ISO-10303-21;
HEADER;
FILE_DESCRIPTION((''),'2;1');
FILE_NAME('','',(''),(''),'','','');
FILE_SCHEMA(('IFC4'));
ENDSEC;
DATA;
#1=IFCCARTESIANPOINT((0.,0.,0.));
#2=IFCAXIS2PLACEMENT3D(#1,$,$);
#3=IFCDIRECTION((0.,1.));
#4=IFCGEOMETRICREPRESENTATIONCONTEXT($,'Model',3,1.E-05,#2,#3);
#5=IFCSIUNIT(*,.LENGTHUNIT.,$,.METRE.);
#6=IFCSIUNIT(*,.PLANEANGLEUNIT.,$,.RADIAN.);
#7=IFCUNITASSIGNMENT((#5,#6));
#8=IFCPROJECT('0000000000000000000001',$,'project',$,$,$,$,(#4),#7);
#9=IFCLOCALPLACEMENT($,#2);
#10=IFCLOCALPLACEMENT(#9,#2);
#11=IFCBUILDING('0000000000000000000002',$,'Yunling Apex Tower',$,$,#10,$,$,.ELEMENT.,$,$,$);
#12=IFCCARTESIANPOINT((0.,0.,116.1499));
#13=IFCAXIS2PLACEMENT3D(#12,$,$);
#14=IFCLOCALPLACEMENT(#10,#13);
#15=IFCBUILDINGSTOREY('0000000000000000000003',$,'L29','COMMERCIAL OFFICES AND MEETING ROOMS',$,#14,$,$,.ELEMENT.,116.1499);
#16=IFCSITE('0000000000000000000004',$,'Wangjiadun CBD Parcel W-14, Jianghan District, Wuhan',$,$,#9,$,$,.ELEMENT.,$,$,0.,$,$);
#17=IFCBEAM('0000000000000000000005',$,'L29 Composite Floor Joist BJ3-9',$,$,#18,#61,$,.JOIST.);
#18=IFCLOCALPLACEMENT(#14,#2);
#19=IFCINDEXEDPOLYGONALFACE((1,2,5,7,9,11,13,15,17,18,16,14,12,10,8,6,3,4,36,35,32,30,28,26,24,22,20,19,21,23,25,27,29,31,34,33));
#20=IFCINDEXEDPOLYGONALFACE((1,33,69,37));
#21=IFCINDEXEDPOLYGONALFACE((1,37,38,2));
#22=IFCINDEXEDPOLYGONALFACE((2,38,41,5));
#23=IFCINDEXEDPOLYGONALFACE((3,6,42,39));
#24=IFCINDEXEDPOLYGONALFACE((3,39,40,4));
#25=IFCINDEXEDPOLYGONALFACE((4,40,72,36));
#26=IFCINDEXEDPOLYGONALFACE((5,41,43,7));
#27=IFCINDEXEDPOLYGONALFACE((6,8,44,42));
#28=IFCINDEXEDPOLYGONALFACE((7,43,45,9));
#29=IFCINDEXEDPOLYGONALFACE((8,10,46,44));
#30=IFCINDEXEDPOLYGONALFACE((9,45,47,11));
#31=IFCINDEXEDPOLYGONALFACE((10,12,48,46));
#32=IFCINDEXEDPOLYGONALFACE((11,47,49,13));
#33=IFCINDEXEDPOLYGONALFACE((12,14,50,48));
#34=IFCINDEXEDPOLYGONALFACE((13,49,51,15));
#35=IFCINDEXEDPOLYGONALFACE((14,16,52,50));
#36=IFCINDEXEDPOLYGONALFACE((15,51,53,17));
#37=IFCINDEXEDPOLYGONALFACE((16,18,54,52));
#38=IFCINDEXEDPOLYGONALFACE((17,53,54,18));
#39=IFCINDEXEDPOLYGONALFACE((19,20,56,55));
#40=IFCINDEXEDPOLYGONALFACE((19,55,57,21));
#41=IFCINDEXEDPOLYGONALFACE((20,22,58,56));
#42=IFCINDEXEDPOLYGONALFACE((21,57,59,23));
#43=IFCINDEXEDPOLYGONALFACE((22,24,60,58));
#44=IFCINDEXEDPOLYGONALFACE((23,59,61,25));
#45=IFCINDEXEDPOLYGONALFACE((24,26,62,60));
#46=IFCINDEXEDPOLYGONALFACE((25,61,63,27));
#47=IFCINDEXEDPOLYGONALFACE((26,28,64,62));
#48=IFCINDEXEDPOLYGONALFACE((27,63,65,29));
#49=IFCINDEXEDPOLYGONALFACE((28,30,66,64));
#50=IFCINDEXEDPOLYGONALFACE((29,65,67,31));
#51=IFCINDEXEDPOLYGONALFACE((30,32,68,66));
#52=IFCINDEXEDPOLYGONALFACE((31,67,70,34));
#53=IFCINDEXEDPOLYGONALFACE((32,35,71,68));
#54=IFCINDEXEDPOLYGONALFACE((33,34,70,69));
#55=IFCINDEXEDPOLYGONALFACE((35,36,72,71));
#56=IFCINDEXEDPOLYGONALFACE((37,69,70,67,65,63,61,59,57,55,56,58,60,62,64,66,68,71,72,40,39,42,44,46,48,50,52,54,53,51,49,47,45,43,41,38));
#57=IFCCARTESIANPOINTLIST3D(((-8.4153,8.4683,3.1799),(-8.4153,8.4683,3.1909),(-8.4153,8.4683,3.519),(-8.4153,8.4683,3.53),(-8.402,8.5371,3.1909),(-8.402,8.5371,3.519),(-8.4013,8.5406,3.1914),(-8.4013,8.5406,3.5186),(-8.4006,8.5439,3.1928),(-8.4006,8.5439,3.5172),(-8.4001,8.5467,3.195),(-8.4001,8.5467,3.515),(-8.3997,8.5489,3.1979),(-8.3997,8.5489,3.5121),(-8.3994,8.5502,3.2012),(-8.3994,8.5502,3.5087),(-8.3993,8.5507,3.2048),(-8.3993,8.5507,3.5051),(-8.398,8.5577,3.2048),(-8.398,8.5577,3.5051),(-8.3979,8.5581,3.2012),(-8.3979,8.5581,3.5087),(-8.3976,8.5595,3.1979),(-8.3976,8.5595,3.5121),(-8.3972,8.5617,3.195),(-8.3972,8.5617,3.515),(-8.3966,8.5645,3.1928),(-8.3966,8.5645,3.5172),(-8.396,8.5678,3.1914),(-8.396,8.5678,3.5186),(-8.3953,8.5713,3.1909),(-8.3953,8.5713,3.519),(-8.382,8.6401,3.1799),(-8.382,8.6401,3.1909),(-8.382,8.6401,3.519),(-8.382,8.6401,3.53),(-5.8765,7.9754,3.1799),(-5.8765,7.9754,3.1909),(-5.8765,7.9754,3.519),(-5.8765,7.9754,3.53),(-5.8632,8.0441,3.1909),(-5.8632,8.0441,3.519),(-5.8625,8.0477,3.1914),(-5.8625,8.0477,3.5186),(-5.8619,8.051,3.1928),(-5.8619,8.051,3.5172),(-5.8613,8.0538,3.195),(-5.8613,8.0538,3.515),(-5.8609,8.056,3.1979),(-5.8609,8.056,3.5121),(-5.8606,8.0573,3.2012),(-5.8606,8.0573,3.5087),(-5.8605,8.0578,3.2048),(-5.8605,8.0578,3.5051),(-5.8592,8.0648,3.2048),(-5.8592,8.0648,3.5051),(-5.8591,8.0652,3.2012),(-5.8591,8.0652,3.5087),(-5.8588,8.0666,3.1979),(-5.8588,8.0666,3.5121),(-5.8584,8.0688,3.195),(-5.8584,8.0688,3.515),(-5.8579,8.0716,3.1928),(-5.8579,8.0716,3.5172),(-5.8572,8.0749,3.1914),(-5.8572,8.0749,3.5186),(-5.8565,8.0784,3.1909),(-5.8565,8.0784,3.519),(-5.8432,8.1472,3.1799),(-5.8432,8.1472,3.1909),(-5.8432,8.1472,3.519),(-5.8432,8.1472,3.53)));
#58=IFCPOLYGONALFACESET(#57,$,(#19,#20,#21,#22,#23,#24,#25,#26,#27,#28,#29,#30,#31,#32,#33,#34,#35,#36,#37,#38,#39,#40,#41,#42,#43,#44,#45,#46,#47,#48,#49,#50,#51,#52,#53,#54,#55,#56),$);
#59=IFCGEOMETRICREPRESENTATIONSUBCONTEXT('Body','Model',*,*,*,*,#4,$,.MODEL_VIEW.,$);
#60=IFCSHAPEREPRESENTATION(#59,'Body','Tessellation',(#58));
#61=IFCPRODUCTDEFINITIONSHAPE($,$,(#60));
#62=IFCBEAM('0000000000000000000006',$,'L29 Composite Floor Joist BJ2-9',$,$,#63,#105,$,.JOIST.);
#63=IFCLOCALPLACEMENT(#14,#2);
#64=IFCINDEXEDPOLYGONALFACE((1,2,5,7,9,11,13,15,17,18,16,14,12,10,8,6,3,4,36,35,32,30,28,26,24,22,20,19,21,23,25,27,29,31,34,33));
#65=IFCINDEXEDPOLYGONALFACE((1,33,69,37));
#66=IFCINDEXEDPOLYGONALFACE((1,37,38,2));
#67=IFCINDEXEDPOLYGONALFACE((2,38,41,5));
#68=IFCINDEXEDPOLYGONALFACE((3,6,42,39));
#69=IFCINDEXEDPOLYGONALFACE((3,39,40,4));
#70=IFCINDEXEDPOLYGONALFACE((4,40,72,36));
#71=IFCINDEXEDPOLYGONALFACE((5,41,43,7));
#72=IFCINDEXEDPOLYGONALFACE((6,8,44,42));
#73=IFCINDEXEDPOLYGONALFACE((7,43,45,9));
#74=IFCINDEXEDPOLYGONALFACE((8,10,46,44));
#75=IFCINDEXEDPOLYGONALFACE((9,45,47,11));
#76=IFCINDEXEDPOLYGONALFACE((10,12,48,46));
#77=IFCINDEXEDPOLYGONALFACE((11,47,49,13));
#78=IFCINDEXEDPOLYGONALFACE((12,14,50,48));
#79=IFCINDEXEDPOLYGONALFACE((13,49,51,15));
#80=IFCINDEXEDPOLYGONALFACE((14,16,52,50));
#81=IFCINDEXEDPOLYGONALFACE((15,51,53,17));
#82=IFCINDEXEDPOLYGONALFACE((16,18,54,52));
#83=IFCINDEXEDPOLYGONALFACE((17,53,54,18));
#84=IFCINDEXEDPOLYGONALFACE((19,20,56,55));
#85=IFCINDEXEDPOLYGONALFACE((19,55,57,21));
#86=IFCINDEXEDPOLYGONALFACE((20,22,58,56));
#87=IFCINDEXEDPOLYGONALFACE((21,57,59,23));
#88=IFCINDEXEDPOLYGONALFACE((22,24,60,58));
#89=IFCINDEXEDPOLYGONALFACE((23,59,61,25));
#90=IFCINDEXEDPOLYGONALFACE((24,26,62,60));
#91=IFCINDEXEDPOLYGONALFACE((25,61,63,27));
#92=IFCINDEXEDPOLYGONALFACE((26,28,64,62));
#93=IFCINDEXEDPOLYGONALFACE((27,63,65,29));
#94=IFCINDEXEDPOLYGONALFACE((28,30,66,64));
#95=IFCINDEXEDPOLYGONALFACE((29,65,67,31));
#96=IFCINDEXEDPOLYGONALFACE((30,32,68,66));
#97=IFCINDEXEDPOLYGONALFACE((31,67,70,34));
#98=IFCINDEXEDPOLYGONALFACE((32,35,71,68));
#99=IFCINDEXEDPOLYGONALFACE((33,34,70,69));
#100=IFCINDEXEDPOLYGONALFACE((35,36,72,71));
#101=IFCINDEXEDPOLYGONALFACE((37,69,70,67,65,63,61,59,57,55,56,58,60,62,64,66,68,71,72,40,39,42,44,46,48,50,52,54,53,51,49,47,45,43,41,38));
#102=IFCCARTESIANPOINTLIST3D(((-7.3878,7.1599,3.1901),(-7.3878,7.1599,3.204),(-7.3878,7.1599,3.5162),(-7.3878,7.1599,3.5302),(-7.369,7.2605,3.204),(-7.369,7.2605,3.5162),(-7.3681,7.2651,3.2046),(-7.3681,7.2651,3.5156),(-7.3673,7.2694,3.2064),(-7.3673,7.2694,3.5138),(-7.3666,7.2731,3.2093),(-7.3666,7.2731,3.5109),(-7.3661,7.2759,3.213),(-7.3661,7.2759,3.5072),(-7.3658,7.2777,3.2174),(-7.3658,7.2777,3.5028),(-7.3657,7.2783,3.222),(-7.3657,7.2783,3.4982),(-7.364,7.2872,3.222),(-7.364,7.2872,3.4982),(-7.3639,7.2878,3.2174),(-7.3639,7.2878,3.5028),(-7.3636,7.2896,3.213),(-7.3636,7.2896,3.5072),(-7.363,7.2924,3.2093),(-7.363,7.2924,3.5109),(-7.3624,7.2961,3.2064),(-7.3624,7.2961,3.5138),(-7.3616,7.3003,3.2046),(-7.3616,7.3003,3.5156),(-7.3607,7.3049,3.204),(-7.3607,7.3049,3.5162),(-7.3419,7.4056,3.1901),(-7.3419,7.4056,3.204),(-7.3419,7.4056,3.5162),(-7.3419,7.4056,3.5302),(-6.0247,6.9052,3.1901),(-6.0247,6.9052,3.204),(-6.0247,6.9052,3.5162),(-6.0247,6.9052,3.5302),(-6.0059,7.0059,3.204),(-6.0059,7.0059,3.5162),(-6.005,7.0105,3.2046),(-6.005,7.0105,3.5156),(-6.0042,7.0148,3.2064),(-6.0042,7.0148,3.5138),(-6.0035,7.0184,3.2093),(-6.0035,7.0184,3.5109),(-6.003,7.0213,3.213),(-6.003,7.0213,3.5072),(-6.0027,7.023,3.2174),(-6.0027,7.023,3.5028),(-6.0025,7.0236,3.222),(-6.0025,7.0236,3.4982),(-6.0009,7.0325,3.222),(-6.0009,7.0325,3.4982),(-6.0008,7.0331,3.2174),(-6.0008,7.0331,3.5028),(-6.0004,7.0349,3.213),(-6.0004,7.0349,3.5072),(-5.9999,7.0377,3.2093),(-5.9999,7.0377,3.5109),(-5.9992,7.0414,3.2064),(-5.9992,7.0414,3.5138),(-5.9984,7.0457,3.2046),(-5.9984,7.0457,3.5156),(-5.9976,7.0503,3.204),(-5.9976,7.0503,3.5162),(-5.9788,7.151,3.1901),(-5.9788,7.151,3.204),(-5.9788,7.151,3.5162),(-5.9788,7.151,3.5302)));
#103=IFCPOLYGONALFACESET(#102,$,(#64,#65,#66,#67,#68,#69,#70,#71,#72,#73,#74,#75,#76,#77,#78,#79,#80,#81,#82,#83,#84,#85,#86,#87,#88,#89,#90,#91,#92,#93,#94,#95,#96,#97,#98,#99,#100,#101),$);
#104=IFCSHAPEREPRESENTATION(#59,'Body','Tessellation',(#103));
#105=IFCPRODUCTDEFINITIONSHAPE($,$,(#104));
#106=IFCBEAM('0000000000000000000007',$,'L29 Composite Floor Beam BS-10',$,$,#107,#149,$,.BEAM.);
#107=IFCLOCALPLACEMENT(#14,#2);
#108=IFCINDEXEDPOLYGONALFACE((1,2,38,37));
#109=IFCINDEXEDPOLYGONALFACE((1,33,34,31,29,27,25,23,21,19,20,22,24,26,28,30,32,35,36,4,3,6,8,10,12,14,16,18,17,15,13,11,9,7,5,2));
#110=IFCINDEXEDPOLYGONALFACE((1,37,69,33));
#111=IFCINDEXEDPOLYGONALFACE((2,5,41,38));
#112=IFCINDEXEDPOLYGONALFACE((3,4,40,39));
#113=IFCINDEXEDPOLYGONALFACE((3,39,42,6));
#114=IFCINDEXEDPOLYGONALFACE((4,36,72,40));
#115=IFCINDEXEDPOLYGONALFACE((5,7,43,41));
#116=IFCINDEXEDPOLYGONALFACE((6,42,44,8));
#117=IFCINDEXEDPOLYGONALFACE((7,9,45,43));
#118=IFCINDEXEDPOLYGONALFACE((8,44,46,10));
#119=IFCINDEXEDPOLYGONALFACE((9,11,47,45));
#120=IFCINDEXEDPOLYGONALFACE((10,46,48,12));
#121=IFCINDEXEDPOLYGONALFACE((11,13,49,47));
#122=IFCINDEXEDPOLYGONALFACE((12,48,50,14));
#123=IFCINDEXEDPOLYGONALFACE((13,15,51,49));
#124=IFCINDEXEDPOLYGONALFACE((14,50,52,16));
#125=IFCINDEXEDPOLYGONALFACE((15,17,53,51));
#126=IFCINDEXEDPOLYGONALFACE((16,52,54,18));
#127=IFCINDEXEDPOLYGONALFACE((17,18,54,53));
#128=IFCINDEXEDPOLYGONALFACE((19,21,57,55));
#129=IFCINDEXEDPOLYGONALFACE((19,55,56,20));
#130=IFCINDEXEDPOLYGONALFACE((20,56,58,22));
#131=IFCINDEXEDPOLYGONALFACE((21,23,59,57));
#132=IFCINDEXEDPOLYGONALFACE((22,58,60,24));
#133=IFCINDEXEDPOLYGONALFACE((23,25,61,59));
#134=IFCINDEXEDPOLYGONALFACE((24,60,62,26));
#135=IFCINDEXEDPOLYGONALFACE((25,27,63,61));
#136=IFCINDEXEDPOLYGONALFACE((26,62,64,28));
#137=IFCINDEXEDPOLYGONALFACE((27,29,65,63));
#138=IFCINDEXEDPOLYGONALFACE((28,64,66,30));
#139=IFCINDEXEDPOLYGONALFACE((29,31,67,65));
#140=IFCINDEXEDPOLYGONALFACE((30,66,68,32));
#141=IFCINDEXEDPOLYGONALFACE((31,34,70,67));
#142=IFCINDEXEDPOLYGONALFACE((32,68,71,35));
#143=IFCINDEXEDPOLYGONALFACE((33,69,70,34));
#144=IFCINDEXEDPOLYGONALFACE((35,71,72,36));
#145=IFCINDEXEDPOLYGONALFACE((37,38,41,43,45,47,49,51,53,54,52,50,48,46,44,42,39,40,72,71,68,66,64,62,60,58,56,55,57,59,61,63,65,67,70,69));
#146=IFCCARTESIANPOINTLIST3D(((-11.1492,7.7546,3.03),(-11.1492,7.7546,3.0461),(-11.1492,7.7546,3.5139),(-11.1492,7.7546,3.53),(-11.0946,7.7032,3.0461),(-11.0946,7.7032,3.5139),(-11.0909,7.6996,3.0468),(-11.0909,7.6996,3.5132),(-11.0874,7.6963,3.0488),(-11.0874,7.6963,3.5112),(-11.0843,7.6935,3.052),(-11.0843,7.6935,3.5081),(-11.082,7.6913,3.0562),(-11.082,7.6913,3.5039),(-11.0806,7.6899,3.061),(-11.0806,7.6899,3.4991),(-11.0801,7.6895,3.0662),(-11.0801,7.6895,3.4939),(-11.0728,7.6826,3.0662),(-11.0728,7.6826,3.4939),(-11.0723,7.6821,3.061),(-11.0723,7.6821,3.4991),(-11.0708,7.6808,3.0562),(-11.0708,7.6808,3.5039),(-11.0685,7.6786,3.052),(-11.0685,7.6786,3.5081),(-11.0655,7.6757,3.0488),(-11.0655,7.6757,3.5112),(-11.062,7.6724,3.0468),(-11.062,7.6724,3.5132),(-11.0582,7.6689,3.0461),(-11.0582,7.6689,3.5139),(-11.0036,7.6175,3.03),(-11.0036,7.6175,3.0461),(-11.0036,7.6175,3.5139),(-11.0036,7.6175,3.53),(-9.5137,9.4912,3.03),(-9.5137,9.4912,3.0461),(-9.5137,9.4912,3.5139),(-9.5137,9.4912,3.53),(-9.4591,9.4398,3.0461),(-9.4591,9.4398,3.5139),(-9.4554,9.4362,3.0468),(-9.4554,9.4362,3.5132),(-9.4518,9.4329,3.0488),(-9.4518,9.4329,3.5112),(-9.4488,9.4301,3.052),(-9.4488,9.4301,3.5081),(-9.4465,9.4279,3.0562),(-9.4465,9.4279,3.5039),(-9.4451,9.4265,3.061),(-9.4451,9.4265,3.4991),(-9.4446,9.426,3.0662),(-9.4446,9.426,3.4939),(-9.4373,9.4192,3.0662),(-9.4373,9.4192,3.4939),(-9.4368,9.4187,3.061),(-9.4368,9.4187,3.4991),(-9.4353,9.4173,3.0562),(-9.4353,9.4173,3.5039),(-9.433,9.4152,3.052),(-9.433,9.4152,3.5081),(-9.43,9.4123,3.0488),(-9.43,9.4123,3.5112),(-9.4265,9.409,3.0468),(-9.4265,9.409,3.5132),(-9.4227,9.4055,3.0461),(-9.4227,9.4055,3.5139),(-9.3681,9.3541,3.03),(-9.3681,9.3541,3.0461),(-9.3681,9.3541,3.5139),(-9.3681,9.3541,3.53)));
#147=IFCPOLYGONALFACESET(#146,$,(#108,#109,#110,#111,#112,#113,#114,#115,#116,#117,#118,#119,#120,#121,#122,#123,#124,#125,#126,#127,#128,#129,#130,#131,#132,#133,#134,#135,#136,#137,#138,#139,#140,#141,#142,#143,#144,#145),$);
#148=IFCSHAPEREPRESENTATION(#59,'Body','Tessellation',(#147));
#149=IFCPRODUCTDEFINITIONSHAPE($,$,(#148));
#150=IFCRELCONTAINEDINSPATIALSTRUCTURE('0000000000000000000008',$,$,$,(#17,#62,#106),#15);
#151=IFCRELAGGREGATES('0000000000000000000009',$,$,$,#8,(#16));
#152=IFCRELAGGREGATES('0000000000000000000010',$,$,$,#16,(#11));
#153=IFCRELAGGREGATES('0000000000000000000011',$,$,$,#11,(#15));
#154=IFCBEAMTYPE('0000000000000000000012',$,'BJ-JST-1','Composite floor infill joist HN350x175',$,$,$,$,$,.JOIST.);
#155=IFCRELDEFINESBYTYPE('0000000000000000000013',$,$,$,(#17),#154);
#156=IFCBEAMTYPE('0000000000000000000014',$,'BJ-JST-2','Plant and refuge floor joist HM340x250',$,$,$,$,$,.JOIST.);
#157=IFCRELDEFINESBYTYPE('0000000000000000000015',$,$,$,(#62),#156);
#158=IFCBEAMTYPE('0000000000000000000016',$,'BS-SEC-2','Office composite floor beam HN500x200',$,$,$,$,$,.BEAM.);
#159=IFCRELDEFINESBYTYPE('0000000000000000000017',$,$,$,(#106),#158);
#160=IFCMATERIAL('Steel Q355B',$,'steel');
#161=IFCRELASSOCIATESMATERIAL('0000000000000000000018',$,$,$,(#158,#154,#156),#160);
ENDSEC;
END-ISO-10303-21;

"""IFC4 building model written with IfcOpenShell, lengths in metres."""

from ifc_helpers import new_model, si_unit, direction, frame, origin, origin_2d, place, context, subcontext, project, spatial, i_section, extrude, source, transform, mapped, material, material_profile, profile_set, type_object, element, save


model = new_model("IFC4")

# Units and contexts
model_context = context("Model", 3, precision=1e-05, world=origin(), true_north=direction((0.0, 1.0)))
body_context = subcontext(model_context, "Body", "Model", "MODEL_VIEW")
ifc_project = project(units=[si_unit("LENGTHUNIT", "METRE"), si_unit("PLANEANGLEUNIT", "RADIAN")], contexts=[model_context])

# Site, building, storey
site_placement = place(None, origin())
site = spatial("IfcSite", under=ifc_project, at=site_placement, Name="Wangjiadun CBD Parcel W-14, Jianghan District, Wuhan", CompositionType="ELEMENT", RefElevation=0.0)
building_placement = place(site_placement, origin())
building = spatial("IfcBuilding", under=site, at=building_placement, Name="Yunling Apex Tower", CompositionType="ELEMENT")
storey_placement = place(building_placement, frame((0.0, 0.0, 116.1499)))
storey = spatial("IfcBuildingStorey", under=building, at=storey_placement, Name="L29", Description="COMMERCIAL OFFICES AND MEETING ROOMS", CompositionType="ELEMENT", Elevation=116.1499)

# Beams
ifc_material_1 = material(Name="Steel Q355B", Category="steel")
ifc_material_profile_1 = material_profile(ifc_material_1, i_section(OverallWidth=0.2, OverallDepth=0.5, WebThickness=0.01, FlangeThickness=0.0161, FilletRadius=0.02, at=origin_2d()))
ifc_profile_set_1 = profile_set([ifc_material_profile_1], Name="Steel Q355B")
beam_type_1 = type_object("IfcBeamType", Name="BS-SEC-2", Description="Office composite floor beam HN500x200", PredefinedType="BEAM", material=ifc_profile_set_1)
ifc_material_profile_2 = material_profile(ifc_material_1, i_section(OverallWidth=0.175, OverallDepth=0.3501, WebThickness=0.0071, FlangeThickness=0.011, FilletRadius=0.0139, at=origin_2d()))
ifc_profile_set_2 = profile_set([ifc_material_profile_2], Name="Steel Q355B")
beam_type_2 = type_object("IfcBeamType", Name="BJ-JST-1", Description="Composite floor infill joist HN350x175", PredefinedType="JOIST", material=ifc_profile_set_2)
shared_shape_1 = source(origin(), body_context, "Body", "SweptSolid", [
    extrude(i_section(OverallWidth=0.175, OverallDepth=0.3501, WebThickness=0.0071, FlangeThickness=0.011, FilletRadius=0.0139, at=origin_2d()), origin(), (0.0, 0.0, 1.0), 2.5862),
])
beam_1_placement = place(storey_placement, frame((-5.8599, 8.0613, 3.355), z_axis=(-0.981669, 0.190594, 0.0), x_axis=(-0.190594, -0.981669, 0.0)))
element("IfcBeam", 1, at=beam_1_placement, inside=storey, type_object=beam_type_2, Name="L29 Composite Floor Joist BJ3-9", PredefinedType="JOIST", context=body_context, shape_type="MappedRepresentation", body=[
    mapped(shared_shape_1, transform((0.0, 0.0, 0.0), scale=1.0)),
])
ifc_material_profile_3 = material_profile(ifc_material_1, i_section(OverallWidth=0.25, OverallDepth=0.3401, WebThickness=0.009, FlangeThickness=0.0139, FilletRadius=0.0181, at=origin_2d()))
ifc_profile_set_3 = profile_set([ifc_material_profile_3], Name="Steel Q355B")
beam_type_3 = type_object("IfcBeamType", Name="BJ-JST-2", Description="Plant and refuge floor joist HM340x250", PredefinedType="JOIST", material=ifc_profile_set_3)
shared_shape_2 = source(origin(), body_context, "Body", "SweptSolid", [
    extrude(i_section(OverallWidth=0.25, OverallDepth=0.3401, WebThickness=0.009, FlangeThickness=0.0139, FilletRadius=0.0181, at=origin_2d()), origin(), (0.0, 0.0, 1.0), 1.3867),
])
beam_2_placement = place(storey_placement, frame((-6.0017, 7.0281, 3.3601), z_axis=(-0.982994, 0.18364, 0.0), x_axis=(-0.18364, -0.982994, 0.0)))
element("IfcBeam", 2, at=beam_2_placement, inside=storey, type_object=beam_type_3, Name="L29 Composite Floor Joist BJ2-9", PredefinedType="JOIST", context=body_context, shape_type="MappedRepresentation", body=[
    mapped(shared_shape_2, transform((0.0, 0.0, 0.0), scale=1.0)),
])
shared_shape_3 = source(origin(), body_context, "Body", "SweptSolid", [
    extrude(i_section(OverallWidth=0.2, OverallDepth=0.5, WebThickness=0.01, FlangeThickness=0.0161, FilletRadius=0.02, at=origin_2d()), origin(), (0.0, 0.0, 1.0), 2.3855),
])
beam_3_placement = place(storey_placement, frame((-9.4409, 9.4226, 3.28), z_axis=(-0.685604, -0.727975, 0.0), x_axis=(0.727975, -0.685604, 0.0)))
element("IfcBeam", 3, at=beam_3_placement, inside=storey, type_object=beam_type_1, Name="L29 Composite Floor Beam BS-10", PredefinedType="BEAM", context=body_context, shape_type="MappedRepresentation", body=[
    mapped(shared_shape_3, transform((0.0, 0.0, 0.0), scale=1.0)),
])

save(model, "model.ifc")
